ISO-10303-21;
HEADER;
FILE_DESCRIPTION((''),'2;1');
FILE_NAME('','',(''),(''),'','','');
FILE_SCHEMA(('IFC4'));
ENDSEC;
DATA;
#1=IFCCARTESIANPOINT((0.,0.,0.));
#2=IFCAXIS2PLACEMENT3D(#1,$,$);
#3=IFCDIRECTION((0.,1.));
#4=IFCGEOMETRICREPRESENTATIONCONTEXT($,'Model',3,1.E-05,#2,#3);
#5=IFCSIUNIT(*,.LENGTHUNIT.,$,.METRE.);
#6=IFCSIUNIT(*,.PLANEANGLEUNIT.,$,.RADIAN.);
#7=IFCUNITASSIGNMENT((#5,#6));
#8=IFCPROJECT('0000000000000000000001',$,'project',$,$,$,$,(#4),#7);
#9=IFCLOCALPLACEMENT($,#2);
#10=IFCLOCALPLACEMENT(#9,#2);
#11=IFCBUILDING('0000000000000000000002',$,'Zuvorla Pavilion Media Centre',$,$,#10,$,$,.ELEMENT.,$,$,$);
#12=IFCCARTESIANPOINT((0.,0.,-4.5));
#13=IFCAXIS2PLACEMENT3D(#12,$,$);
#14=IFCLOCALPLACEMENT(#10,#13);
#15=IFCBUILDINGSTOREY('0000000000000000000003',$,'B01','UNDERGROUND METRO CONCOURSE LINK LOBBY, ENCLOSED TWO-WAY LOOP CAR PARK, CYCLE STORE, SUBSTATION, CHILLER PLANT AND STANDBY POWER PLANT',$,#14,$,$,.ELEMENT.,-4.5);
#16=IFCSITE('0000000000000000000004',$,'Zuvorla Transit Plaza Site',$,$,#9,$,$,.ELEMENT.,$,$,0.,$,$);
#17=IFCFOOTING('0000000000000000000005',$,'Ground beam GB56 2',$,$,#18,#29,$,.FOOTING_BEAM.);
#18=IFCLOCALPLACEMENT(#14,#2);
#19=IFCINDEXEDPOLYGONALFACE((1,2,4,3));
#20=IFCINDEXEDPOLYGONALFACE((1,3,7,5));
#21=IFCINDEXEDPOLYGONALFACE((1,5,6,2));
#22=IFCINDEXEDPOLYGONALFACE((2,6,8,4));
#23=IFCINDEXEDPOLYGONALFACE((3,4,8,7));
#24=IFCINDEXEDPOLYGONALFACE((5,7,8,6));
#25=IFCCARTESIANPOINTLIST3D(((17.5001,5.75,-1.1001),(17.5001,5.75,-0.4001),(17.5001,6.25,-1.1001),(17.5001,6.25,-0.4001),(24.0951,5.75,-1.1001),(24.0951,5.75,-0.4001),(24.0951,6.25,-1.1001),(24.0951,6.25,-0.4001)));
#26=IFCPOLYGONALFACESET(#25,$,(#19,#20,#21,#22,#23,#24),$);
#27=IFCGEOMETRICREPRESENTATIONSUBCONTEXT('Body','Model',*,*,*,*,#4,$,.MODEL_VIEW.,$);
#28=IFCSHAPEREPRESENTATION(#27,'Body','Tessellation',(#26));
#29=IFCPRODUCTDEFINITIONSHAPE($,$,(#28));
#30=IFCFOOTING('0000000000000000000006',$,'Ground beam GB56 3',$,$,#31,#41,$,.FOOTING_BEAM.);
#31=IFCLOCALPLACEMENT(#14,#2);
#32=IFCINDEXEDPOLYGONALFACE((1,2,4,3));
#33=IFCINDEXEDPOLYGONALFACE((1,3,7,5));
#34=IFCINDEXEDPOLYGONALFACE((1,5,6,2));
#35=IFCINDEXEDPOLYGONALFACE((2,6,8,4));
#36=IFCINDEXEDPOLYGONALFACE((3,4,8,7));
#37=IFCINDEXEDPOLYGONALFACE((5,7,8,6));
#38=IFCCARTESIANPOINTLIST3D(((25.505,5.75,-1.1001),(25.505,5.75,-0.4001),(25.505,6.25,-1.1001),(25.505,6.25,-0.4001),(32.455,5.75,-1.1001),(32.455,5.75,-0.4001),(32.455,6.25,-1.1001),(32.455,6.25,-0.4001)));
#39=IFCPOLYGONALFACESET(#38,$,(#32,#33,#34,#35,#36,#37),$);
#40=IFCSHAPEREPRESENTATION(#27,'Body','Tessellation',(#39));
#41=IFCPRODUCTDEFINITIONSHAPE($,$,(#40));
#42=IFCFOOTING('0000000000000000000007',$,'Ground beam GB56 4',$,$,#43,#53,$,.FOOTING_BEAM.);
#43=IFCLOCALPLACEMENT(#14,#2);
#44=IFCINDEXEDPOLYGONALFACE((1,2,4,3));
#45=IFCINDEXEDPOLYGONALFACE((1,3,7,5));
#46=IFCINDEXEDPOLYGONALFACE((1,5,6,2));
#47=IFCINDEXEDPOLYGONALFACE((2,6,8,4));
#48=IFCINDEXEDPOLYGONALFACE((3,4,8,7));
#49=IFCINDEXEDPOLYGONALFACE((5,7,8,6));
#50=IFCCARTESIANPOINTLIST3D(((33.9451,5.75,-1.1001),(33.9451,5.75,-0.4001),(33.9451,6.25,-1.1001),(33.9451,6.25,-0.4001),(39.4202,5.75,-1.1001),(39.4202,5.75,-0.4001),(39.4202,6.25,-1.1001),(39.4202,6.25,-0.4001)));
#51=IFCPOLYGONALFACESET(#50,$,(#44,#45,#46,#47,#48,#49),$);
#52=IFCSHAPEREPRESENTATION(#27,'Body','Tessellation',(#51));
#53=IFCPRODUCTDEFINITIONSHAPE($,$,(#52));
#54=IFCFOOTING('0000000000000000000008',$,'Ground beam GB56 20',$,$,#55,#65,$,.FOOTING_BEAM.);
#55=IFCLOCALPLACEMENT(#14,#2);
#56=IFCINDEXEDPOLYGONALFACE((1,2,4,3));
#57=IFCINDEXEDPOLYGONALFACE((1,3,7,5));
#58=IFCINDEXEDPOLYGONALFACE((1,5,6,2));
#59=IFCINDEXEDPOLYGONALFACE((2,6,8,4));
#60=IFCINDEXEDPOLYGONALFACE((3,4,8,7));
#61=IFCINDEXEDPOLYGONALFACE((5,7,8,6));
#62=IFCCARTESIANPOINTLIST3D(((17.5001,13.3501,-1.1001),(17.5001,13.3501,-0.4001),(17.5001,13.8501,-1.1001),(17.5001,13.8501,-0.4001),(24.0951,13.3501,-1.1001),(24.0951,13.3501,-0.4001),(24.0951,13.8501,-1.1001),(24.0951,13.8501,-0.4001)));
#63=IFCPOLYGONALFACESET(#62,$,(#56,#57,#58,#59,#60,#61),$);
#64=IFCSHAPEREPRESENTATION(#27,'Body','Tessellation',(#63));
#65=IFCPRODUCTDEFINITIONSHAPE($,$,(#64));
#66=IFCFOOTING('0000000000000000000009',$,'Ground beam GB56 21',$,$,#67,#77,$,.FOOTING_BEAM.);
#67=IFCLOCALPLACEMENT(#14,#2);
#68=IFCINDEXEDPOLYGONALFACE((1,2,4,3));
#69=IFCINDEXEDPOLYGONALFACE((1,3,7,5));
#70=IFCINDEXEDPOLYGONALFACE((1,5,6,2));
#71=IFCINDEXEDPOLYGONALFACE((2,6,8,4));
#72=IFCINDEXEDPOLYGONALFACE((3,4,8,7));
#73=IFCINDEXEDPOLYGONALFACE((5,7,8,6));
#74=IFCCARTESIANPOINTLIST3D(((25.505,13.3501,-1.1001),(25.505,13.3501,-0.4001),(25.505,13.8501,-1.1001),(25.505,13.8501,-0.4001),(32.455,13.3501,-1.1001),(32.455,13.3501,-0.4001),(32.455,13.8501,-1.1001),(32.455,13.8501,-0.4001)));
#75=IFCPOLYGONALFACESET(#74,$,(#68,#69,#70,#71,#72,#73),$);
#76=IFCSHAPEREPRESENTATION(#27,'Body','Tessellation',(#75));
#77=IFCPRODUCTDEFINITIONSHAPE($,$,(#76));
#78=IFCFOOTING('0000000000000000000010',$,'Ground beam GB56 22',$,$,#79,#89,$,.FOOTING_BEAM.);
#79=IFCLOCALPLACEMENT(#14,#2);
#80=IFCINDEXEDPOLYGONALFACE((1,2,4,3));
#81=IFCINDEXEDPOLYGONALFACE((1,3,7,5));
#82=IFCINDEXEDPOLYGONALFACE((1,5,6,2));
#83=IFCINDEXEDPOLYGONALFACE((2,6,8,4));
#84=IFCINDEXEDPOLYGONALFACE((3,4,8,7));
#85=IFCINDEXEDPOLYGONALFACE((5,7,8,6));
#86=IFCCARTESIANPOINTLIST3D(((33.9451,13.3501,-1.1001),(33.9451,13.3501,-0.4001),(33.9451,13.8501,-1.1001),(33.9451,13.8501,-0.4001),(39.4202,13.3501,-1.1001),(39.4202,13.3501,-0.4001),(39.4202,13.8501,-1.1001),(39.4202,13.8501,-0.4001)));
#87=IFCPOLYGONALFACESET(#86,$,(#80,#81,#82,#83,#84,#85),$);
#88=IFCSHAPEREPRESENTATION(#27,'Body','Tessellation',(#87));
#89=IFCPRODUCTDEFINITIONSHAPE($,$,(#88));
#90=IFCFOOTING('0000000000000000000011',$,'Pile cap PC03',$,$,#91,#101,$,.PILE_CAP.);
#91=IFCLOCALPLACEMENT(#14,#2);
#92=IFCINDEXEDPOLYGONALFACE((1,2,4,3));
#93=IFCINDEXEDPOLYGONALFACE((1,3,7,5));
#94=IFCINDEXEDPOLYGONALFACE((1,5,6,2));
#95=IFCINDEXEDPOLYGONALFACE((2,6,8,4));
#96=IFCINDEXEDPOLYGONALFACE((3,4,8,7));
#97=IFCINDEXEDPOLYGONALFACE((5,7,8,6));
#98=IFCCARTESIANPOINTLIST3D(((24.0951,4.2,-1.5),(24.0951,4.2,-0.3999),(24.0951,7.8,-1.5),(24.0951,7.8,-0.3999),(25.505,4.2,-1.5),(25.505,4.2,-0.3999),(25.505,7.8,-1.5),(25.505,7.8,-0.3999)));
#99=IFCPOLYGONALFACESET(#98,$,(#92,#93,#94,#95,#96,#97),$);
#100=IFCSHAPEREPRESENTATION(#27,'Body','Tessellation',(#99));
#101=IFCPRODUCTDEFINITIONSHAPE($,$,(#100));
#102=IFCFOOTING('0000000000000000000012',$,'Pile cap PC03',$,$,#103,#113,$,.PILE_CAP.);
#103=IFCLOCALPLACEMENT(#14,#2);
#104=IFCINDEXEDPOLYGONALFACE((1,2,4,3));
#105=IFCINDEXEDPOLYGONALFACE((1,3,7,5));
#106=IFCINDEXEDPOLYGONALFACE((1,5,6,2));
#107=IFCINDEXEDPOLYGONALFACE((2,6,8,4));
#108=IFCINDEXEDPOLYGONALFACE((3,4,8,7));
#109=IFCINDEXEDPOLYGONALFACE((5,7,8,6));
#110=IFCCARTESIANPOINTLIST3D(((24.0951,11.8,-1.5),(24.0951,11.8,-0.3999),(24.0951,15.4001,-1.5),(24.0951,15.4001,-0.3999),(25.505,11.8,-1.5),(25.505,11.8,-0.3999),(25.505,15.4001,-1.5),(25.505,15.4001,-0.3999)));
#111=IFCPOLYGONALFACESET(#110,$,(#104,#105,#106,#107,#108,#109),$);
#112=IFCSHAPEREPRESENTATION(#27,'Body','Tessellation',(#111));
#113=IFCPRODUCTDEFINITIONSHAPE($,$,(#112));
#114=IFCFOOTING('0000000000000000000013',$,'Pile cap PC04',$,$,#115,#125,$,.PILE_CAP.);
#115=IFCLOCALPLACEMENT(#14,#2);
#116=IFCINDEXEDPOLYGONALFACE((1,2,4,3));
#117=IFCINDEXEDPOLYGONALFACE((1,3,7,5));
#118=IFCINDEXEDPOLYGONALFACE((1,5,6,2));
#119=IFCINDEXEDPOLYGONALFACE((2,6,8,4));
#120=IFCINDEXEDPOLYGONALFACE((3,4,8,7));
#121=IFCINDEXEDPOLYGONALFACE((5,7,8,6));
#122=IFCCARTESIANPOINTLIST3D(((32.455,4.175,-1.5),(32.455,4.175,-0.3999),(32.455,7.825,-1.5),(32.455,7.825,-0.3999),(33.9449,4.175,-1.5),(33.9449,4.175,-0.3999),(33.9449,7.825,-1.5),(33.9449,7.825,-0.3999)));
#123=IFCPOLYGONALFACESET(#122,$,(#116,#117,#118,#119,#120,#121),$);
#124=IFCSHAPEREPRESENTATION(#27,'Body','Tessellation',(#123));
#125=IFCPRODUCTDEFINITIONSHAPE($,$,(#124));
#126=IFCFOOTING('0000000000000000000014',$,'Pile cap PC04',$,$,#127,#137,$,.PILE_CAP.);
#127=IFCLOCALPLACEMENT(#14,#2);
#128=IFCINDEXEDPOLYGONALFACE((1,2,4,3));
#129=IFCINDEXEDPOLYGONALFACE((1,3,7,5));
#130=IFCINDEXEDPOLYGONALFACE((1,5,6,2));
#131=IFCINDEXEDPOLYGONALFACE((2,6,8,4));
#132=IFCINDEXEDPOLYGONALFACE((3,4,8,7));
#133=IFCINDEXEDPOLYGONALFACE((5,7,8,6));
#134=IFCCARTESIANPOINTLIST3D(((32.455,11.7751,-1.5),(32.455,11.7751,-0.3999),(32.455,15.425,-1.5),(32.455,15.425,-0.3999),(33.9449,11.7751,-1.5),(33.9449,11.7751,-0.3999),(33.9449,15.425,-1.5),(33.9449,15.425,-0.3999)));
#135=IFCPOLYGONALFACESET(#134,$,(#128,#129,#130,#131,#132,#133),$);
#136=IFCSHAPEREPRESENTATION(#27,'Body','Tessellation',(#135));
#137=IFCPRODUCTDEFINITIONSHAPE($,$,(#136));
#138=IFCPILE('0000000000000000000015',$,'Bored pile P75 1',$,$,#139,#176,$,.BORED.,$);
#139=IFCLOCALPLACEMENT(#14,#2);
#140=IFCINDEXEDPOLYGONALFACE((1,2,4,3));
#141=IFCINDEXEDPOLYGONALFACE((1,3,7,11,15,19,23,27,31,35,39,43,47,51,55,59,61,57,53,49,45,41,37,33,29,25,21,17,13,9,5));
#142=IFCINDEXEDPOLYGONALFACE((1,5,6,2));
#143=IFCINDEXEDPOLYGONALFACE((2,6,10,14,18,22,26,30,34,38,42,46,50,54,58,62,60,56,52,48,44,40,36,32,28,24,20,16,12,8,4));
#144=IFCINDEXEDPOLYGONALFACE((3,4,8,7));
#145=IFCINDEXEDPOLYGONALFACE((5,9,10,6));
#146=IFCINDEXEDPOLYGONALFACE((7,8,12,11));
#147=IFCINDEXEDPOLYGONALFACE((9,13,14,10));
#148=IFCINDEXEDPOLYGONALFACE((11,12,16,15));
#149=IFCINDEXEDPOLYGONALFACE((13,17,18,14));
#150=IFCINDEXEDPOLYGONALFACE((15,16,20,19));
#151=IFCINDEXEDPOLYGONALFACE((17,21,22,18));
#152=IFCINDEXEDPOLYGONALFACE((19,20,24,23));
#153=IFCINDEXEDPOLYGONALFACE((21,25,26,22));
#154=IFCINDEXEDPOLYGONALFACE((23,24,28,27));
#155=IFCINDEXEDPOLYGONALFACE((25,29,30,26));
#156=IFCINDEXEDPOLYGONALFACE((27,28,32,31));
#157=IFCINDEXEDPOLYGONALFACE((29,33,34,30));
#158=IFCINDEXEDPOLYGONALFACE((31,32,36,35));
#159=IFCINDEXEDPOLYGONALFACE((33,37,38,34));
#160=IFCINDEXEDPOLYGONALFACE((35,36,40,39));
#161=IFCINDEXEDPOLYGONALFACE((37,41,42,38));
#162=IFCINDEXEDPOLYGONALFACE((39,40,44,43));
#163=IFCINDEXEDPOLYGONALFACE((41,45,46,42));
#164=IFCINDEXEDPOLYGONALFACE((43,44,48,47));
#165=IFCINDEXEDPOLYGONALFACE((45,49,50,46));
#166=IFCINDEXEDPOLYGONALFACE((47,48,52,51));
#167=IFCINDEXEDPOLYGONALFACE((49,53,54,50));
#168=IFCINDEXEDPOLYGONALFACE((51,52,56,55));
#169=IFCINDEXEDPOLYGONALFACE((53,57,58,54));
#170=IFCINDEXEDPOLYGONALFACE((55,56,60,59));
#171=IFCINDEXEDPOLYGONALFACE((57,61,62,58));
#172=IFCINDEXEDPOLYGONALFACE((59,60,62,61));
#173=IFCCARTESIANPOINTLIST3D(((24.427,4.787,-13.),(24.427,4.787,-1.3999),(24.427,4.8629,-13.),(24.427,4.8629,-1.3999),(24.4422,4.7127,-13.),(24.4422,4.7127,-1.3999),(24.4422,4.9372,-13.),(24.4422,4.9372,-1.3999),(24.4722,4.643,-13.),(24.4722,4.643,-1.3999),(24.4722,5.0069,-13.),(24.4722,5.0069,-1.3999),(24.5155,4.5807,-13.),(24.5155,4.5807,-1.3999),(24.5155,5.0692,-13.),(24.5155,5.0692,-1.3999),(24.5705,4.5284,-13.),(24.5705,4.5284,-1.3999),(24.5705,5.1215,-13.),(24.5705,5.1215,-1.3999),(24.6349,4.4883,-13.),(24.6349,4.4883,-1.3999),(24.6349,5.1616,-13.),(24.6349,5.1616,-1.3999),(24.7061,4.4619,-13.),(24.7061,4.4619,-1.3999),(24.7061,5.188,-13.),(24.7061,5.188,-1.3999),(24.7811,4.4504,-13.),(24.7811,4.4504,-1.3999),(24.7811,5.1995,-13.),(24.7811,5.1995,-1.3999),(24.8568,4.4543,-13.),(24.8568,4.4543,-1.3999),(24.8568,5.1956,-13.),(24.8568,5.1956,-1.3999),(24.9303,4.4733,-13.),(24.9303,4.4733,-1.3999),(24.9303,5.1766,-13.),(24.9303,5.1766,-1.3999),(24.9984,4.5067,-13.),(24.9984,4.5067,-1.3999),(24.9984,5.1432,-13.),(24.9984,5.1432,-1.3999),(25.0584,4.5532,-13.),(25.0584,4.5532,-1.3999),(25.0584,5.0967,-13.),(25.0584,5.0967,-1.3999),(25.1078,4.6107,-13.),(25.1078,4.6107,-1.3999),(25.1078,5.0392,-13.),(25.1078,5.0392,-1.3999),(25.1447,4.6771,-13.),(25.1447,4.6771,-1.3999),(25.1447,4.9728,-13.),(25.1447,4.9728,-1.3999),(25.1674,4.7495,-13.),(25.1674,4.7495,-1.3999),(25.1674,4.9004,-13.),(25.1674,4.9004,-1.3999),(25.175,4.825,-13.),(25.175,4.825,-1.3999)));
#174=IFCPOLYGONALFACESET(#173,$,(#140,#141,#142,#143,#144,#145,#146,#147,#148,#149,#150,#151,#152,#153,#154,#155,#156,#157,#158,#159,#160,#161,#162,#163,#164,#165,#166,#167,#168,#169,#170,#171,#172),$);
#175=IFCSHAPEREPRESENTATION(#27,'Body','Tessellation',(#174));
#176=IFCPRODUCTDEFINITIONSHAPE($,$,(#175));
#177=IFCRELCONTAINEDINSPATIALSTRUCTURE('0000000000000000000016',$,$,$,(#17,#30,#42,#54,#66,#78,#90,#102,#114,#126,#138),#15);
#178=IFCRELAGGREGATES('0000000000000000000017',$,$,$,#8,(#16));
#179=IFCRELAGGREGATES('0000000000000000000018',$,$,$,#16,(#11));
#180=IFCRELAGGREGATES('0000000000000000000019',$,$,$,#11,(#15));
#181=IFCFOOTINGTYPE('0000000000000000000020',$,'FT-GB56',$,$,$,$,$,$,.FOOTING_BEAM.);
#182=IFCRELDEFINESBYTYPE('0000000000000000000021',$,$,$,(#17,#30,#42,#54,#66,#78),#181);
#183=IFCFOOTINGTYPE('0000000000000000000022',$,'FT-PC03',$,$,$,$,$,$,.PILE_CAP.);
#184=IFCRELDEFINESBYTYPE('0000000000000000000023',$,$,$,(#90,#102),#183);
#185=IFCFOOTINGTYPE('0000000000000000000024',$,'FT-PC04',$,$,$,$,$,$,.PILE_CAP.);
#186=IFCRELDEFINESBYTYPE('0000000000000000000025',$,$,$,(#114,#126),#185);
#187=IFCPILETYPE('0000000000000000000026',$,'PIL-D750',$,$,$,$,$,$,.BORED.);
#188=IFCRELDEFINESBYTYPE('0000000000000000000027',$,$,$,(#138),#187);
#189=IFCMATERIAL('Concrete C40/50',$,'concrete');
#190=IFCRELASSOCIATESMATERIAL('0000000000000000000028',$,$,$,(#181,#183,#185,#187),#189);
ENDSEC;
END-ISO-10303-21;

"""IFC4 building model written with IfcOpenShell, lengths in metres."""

from ifc_helpers import new_model, si_unit, direction, frame, origin, origin_2d, place, context, subcontext, project, spatial, rectangle, circle, extrude, material, material_profile, profile_set, type_object, element, save


model = new_model("IFC4")

# Units and contexts
model_context = context("Model", 3, precision=1e-05, world=origin(), true_north=direction((0.0, 1.0)))
body_context = subcontext(model_context, "Body", "Model", "MODEL_VIEW")
ifc_project = project(units=[si_unit("LENGTHUNIT", "METRE"), si_unit("PLANEANGLEUNIT", "RADIAN")], contexts=[model_context])

# Site, building, storey
site_placement = place(None, origin())
site = spatial("IfcSite", under=ifc_project, at=site_placement, Name="Zuvorla Transit Plaza Site", CompositionType="ELEMENT", RefElevation=0.0)
building_placement = place(site_placement, origin())
building = spatial("IfcBuilding", under=site, at=building_placement, Name="Zuvorla Pavilion Media Centre", CompositionType="ELEMENT")
storey_placement = place(building_placement, frame((0.0, 0.0, -4.5)))
storey = spatial("IfcBuildingStorey", under=building, at=storey_placement, Name="B01", Description="UNDERGROUND METRO CONCOURSE LINK LOBBY, ENCLOSED TWO-WAY LOOP CAR PARK, CYCLE STORE, SUBSTATION, CHILLER PLANT AND STANDBY POWER PLANT", CompositionType="ELEMENT", Elevation=-4.5)

# Footings
ifc_material = material(Name="Concrete C40/50", Category="concrete")
footing_type_1 = type_object("IfcFootingType", Name="FT-GB56", PredefinedType="FOOTING_BEAM", material=ifc_material)
footing_1_placement = place(storey_placement, frame((20.7976, 6.0, -1.1001), z_axis=(0.0, 0.0, 1.0), x_axis=(1.0, 0.0, 0.0)))
element("IfcFooting", 1, at=footing_1_placement, inside=storey, type_object=footing_type_1, Name="Ground beam GB56 2", PredefinedType="FOOTING_BEAM", context=body_context, shape_type="SweptSolid", body=[
    extrude(rectangle(XDim=6.595, YDim=0.5, at=origin_2d()), origin(), (0.0, 0.0, 1.0), 0.7),
])
footing_2_placement = place(storey_placement, frame((28.98, 6.0, -1.1001), z_axis=(0.0, 0.0, 1.0), x_axis=(1.0, 0.0, 0.0)))
element("IfcFooting", 2, at=footing_2_placement, inside=storey, type_object=footing_type_1, Name="Ground beam GB56 3", PredefinedType="FOOTING_BEAM", context=body_context, shape_type="SweptSolid", body=[
    extrude(rectangle(XDim=6.95, YDim=0.5, at=origin_2d()), origin(), (0.0, 0.0, 1.0), 0.7),
])
footing_3_placement = place(storey_placement, frame((36.6826, 6.0, -1.1001), z_axis=(0.0, 0.0, 1.0), x_axis=(1.0, 0.0, 0.0)))
element("IfcFooting", 3, at=footing_3_placement, inside=storey, type_object=footing_type_1, Name="Ground beam GB56 4", PredefinedType="FOOTING_BEAM", context=body_context, shape_type="SweptSolid", body=[
    extrude(rectangle(XDim=5.4751, YDim=0.5, at=origin_2d()), origin(), (0.0, 0.0, 1.0), 0.7),
])
footing_4_placement = place(storey_placement, frame((20.7976, 13.6001, -1.1001), z_axis=(0.0, 0.0, 1.0), x_axis=(1.0, 0.0, 0.0)))
element("IfcFooting", 4, at=footing_4_placement, inside=storey, type_object=footing_type_1, Name="Ground beam GB56 20", PredefinedType="FOOTING_BEAM", context=body_context, shape_type="SweptSolid", body=[
    extrude(rectangle(XDim=6.595, YDim=0.5, at=origin_2d()), origin(), (0.0, 0.0, 1.0), 0.7),
])
footing_5_placement = place(storey_placement, frame((28.98, 13.6001, -1.1001), z_axis=(0.0, 0.0, 1.0), x_axis=(1.0, 0.0, 0.0)))
element("IfcFooting", 5, at=footing_5_placement, inside=storey, type_object=footing_type_1, Name="Ground beam GB56 21", PredefinedType="FOOTING_BEAM", context=body_context, shape_type="SweptSolid", body=[
    extrude(rectangle(XDim=6.95, YDim=0.5, at=origin_2d()), origin(), (0.0, 0.0, 1.0), 0.7),
])
footing_6_placement = place(storey_placement, frame((36.6826, 13.6001, -1.1001), z_axis=(0.0, 0.0, 1.0), x_axis=(1.0, 0.0, 0.0)))
element("IfcFooting", 6, at=footing_6_placement, inside=storey, type_object=footing_type_1, Name="Ground beam GB56 22", PredefinedType="FOOTING_BEAM", context=body_context, shape_type="SweptSolid", body=[
    extrude(rectangle(XDim=5.4751, YDim=0.5, at=origin_2d()), origin(), (0.0, 0.0, 1.0), 0.7),
])
footing_type_2 = type_object("IfcFootingType", Name="FT-PC03", PredefinedType="PILE_CAP", material=ifc_material)
for number, where, z_axis, x_axis, name in (
    (7, (24.8, 6.0, -1.5), (0.0, 0.0, 1.0), (1.0, 0.0, 0.0), "Pile cap PC03"),
    (8, (24.8, 13.6001, -1.5), (0.0, 0.0, 1.0), (1.0, 0.0, 0.0), "Pile cap PC03"),
):
    element("IfcFooting", number, at=place(storey_placement, frame(where, z_axis=z_axis, x_axis=x_axis)), inside=storey, type_object=footing_type_2, Name=name, PredefinedType="PILE_CAP", context=body_context, shape_type="SweptSolid", body=[
        extrude(rectangle(XDim=1.4099, YDim=3.6001, at=origin_2d()), origin(), (0.0, 0.0, 1.0), 1.1001),
    ])
footing_type_3 = type_object("IfcFootingType", Name="FT-PC04", PredefinedType="PILE_CAP", material=ifc_material)
for number, where, z_axis, x_axis, name in (
    (9, (33.2, 6.0, -1.5), (0.0, 0.0, 1.0), (1.0, 0.0, 0.0), "Pile cap PC04"),
    (10, (33.2, 13.6001, -1.5), (0.0, 0.0, 1.0), (1.0, 0.0, 0.0), "Pile cap PC04"),
):
    element("IfcFooting", number, at=place(storey_placement, frame(where, z_axis=z_axis, x_axis=x_axis)), inside=storey, type_object=footing_type_3, Name=name, PredefinedType="PILE_CAP", context=body_context, shape_type="SweptSolid", body=[
        extrude(rectangle(XDim=1.49, YDim=3.6499, at=origin_2d()), origin(), (0.0, 0.0, 1.0), 1.1001),
    ])

# Pile
ifc_material_profile_1 = material_profile(ifc_material, circle(Radius=0.375, at=origin_2d()), Name="BORED PILE 750")
ifc_profile_set_1 = profile_set([ifc_material_profile_1], Name="Concrete C40/50")
pile_type = type_object("IfcPileType", Name="PIL-D750", PredefinedType="BORED", material=ifc_profile_set_1)
for number, where, z_axis, x_axis, name in (
    (11, (24.8, 4.825, -1.3999), (0.0, 0.0, -1.0), (1.0, 0.0, 0.0), "Bored pile P75 1"),
):
    element("IfcPile", number, at=place(storey_placement, frame(where, z_axis=z_axis, x_axis=x_axis)), inside=storey, type_object=pile_type, Name=name, PredefinedType="BORED", context=body_context, shape_type="SweptSolid", body=[
        extrude(circle(Radius=0.375, at=origin_2d()), origin(), (0.0, 0.0, 1.0), 11.6001),
    ])

save(model, "model.ifc")
